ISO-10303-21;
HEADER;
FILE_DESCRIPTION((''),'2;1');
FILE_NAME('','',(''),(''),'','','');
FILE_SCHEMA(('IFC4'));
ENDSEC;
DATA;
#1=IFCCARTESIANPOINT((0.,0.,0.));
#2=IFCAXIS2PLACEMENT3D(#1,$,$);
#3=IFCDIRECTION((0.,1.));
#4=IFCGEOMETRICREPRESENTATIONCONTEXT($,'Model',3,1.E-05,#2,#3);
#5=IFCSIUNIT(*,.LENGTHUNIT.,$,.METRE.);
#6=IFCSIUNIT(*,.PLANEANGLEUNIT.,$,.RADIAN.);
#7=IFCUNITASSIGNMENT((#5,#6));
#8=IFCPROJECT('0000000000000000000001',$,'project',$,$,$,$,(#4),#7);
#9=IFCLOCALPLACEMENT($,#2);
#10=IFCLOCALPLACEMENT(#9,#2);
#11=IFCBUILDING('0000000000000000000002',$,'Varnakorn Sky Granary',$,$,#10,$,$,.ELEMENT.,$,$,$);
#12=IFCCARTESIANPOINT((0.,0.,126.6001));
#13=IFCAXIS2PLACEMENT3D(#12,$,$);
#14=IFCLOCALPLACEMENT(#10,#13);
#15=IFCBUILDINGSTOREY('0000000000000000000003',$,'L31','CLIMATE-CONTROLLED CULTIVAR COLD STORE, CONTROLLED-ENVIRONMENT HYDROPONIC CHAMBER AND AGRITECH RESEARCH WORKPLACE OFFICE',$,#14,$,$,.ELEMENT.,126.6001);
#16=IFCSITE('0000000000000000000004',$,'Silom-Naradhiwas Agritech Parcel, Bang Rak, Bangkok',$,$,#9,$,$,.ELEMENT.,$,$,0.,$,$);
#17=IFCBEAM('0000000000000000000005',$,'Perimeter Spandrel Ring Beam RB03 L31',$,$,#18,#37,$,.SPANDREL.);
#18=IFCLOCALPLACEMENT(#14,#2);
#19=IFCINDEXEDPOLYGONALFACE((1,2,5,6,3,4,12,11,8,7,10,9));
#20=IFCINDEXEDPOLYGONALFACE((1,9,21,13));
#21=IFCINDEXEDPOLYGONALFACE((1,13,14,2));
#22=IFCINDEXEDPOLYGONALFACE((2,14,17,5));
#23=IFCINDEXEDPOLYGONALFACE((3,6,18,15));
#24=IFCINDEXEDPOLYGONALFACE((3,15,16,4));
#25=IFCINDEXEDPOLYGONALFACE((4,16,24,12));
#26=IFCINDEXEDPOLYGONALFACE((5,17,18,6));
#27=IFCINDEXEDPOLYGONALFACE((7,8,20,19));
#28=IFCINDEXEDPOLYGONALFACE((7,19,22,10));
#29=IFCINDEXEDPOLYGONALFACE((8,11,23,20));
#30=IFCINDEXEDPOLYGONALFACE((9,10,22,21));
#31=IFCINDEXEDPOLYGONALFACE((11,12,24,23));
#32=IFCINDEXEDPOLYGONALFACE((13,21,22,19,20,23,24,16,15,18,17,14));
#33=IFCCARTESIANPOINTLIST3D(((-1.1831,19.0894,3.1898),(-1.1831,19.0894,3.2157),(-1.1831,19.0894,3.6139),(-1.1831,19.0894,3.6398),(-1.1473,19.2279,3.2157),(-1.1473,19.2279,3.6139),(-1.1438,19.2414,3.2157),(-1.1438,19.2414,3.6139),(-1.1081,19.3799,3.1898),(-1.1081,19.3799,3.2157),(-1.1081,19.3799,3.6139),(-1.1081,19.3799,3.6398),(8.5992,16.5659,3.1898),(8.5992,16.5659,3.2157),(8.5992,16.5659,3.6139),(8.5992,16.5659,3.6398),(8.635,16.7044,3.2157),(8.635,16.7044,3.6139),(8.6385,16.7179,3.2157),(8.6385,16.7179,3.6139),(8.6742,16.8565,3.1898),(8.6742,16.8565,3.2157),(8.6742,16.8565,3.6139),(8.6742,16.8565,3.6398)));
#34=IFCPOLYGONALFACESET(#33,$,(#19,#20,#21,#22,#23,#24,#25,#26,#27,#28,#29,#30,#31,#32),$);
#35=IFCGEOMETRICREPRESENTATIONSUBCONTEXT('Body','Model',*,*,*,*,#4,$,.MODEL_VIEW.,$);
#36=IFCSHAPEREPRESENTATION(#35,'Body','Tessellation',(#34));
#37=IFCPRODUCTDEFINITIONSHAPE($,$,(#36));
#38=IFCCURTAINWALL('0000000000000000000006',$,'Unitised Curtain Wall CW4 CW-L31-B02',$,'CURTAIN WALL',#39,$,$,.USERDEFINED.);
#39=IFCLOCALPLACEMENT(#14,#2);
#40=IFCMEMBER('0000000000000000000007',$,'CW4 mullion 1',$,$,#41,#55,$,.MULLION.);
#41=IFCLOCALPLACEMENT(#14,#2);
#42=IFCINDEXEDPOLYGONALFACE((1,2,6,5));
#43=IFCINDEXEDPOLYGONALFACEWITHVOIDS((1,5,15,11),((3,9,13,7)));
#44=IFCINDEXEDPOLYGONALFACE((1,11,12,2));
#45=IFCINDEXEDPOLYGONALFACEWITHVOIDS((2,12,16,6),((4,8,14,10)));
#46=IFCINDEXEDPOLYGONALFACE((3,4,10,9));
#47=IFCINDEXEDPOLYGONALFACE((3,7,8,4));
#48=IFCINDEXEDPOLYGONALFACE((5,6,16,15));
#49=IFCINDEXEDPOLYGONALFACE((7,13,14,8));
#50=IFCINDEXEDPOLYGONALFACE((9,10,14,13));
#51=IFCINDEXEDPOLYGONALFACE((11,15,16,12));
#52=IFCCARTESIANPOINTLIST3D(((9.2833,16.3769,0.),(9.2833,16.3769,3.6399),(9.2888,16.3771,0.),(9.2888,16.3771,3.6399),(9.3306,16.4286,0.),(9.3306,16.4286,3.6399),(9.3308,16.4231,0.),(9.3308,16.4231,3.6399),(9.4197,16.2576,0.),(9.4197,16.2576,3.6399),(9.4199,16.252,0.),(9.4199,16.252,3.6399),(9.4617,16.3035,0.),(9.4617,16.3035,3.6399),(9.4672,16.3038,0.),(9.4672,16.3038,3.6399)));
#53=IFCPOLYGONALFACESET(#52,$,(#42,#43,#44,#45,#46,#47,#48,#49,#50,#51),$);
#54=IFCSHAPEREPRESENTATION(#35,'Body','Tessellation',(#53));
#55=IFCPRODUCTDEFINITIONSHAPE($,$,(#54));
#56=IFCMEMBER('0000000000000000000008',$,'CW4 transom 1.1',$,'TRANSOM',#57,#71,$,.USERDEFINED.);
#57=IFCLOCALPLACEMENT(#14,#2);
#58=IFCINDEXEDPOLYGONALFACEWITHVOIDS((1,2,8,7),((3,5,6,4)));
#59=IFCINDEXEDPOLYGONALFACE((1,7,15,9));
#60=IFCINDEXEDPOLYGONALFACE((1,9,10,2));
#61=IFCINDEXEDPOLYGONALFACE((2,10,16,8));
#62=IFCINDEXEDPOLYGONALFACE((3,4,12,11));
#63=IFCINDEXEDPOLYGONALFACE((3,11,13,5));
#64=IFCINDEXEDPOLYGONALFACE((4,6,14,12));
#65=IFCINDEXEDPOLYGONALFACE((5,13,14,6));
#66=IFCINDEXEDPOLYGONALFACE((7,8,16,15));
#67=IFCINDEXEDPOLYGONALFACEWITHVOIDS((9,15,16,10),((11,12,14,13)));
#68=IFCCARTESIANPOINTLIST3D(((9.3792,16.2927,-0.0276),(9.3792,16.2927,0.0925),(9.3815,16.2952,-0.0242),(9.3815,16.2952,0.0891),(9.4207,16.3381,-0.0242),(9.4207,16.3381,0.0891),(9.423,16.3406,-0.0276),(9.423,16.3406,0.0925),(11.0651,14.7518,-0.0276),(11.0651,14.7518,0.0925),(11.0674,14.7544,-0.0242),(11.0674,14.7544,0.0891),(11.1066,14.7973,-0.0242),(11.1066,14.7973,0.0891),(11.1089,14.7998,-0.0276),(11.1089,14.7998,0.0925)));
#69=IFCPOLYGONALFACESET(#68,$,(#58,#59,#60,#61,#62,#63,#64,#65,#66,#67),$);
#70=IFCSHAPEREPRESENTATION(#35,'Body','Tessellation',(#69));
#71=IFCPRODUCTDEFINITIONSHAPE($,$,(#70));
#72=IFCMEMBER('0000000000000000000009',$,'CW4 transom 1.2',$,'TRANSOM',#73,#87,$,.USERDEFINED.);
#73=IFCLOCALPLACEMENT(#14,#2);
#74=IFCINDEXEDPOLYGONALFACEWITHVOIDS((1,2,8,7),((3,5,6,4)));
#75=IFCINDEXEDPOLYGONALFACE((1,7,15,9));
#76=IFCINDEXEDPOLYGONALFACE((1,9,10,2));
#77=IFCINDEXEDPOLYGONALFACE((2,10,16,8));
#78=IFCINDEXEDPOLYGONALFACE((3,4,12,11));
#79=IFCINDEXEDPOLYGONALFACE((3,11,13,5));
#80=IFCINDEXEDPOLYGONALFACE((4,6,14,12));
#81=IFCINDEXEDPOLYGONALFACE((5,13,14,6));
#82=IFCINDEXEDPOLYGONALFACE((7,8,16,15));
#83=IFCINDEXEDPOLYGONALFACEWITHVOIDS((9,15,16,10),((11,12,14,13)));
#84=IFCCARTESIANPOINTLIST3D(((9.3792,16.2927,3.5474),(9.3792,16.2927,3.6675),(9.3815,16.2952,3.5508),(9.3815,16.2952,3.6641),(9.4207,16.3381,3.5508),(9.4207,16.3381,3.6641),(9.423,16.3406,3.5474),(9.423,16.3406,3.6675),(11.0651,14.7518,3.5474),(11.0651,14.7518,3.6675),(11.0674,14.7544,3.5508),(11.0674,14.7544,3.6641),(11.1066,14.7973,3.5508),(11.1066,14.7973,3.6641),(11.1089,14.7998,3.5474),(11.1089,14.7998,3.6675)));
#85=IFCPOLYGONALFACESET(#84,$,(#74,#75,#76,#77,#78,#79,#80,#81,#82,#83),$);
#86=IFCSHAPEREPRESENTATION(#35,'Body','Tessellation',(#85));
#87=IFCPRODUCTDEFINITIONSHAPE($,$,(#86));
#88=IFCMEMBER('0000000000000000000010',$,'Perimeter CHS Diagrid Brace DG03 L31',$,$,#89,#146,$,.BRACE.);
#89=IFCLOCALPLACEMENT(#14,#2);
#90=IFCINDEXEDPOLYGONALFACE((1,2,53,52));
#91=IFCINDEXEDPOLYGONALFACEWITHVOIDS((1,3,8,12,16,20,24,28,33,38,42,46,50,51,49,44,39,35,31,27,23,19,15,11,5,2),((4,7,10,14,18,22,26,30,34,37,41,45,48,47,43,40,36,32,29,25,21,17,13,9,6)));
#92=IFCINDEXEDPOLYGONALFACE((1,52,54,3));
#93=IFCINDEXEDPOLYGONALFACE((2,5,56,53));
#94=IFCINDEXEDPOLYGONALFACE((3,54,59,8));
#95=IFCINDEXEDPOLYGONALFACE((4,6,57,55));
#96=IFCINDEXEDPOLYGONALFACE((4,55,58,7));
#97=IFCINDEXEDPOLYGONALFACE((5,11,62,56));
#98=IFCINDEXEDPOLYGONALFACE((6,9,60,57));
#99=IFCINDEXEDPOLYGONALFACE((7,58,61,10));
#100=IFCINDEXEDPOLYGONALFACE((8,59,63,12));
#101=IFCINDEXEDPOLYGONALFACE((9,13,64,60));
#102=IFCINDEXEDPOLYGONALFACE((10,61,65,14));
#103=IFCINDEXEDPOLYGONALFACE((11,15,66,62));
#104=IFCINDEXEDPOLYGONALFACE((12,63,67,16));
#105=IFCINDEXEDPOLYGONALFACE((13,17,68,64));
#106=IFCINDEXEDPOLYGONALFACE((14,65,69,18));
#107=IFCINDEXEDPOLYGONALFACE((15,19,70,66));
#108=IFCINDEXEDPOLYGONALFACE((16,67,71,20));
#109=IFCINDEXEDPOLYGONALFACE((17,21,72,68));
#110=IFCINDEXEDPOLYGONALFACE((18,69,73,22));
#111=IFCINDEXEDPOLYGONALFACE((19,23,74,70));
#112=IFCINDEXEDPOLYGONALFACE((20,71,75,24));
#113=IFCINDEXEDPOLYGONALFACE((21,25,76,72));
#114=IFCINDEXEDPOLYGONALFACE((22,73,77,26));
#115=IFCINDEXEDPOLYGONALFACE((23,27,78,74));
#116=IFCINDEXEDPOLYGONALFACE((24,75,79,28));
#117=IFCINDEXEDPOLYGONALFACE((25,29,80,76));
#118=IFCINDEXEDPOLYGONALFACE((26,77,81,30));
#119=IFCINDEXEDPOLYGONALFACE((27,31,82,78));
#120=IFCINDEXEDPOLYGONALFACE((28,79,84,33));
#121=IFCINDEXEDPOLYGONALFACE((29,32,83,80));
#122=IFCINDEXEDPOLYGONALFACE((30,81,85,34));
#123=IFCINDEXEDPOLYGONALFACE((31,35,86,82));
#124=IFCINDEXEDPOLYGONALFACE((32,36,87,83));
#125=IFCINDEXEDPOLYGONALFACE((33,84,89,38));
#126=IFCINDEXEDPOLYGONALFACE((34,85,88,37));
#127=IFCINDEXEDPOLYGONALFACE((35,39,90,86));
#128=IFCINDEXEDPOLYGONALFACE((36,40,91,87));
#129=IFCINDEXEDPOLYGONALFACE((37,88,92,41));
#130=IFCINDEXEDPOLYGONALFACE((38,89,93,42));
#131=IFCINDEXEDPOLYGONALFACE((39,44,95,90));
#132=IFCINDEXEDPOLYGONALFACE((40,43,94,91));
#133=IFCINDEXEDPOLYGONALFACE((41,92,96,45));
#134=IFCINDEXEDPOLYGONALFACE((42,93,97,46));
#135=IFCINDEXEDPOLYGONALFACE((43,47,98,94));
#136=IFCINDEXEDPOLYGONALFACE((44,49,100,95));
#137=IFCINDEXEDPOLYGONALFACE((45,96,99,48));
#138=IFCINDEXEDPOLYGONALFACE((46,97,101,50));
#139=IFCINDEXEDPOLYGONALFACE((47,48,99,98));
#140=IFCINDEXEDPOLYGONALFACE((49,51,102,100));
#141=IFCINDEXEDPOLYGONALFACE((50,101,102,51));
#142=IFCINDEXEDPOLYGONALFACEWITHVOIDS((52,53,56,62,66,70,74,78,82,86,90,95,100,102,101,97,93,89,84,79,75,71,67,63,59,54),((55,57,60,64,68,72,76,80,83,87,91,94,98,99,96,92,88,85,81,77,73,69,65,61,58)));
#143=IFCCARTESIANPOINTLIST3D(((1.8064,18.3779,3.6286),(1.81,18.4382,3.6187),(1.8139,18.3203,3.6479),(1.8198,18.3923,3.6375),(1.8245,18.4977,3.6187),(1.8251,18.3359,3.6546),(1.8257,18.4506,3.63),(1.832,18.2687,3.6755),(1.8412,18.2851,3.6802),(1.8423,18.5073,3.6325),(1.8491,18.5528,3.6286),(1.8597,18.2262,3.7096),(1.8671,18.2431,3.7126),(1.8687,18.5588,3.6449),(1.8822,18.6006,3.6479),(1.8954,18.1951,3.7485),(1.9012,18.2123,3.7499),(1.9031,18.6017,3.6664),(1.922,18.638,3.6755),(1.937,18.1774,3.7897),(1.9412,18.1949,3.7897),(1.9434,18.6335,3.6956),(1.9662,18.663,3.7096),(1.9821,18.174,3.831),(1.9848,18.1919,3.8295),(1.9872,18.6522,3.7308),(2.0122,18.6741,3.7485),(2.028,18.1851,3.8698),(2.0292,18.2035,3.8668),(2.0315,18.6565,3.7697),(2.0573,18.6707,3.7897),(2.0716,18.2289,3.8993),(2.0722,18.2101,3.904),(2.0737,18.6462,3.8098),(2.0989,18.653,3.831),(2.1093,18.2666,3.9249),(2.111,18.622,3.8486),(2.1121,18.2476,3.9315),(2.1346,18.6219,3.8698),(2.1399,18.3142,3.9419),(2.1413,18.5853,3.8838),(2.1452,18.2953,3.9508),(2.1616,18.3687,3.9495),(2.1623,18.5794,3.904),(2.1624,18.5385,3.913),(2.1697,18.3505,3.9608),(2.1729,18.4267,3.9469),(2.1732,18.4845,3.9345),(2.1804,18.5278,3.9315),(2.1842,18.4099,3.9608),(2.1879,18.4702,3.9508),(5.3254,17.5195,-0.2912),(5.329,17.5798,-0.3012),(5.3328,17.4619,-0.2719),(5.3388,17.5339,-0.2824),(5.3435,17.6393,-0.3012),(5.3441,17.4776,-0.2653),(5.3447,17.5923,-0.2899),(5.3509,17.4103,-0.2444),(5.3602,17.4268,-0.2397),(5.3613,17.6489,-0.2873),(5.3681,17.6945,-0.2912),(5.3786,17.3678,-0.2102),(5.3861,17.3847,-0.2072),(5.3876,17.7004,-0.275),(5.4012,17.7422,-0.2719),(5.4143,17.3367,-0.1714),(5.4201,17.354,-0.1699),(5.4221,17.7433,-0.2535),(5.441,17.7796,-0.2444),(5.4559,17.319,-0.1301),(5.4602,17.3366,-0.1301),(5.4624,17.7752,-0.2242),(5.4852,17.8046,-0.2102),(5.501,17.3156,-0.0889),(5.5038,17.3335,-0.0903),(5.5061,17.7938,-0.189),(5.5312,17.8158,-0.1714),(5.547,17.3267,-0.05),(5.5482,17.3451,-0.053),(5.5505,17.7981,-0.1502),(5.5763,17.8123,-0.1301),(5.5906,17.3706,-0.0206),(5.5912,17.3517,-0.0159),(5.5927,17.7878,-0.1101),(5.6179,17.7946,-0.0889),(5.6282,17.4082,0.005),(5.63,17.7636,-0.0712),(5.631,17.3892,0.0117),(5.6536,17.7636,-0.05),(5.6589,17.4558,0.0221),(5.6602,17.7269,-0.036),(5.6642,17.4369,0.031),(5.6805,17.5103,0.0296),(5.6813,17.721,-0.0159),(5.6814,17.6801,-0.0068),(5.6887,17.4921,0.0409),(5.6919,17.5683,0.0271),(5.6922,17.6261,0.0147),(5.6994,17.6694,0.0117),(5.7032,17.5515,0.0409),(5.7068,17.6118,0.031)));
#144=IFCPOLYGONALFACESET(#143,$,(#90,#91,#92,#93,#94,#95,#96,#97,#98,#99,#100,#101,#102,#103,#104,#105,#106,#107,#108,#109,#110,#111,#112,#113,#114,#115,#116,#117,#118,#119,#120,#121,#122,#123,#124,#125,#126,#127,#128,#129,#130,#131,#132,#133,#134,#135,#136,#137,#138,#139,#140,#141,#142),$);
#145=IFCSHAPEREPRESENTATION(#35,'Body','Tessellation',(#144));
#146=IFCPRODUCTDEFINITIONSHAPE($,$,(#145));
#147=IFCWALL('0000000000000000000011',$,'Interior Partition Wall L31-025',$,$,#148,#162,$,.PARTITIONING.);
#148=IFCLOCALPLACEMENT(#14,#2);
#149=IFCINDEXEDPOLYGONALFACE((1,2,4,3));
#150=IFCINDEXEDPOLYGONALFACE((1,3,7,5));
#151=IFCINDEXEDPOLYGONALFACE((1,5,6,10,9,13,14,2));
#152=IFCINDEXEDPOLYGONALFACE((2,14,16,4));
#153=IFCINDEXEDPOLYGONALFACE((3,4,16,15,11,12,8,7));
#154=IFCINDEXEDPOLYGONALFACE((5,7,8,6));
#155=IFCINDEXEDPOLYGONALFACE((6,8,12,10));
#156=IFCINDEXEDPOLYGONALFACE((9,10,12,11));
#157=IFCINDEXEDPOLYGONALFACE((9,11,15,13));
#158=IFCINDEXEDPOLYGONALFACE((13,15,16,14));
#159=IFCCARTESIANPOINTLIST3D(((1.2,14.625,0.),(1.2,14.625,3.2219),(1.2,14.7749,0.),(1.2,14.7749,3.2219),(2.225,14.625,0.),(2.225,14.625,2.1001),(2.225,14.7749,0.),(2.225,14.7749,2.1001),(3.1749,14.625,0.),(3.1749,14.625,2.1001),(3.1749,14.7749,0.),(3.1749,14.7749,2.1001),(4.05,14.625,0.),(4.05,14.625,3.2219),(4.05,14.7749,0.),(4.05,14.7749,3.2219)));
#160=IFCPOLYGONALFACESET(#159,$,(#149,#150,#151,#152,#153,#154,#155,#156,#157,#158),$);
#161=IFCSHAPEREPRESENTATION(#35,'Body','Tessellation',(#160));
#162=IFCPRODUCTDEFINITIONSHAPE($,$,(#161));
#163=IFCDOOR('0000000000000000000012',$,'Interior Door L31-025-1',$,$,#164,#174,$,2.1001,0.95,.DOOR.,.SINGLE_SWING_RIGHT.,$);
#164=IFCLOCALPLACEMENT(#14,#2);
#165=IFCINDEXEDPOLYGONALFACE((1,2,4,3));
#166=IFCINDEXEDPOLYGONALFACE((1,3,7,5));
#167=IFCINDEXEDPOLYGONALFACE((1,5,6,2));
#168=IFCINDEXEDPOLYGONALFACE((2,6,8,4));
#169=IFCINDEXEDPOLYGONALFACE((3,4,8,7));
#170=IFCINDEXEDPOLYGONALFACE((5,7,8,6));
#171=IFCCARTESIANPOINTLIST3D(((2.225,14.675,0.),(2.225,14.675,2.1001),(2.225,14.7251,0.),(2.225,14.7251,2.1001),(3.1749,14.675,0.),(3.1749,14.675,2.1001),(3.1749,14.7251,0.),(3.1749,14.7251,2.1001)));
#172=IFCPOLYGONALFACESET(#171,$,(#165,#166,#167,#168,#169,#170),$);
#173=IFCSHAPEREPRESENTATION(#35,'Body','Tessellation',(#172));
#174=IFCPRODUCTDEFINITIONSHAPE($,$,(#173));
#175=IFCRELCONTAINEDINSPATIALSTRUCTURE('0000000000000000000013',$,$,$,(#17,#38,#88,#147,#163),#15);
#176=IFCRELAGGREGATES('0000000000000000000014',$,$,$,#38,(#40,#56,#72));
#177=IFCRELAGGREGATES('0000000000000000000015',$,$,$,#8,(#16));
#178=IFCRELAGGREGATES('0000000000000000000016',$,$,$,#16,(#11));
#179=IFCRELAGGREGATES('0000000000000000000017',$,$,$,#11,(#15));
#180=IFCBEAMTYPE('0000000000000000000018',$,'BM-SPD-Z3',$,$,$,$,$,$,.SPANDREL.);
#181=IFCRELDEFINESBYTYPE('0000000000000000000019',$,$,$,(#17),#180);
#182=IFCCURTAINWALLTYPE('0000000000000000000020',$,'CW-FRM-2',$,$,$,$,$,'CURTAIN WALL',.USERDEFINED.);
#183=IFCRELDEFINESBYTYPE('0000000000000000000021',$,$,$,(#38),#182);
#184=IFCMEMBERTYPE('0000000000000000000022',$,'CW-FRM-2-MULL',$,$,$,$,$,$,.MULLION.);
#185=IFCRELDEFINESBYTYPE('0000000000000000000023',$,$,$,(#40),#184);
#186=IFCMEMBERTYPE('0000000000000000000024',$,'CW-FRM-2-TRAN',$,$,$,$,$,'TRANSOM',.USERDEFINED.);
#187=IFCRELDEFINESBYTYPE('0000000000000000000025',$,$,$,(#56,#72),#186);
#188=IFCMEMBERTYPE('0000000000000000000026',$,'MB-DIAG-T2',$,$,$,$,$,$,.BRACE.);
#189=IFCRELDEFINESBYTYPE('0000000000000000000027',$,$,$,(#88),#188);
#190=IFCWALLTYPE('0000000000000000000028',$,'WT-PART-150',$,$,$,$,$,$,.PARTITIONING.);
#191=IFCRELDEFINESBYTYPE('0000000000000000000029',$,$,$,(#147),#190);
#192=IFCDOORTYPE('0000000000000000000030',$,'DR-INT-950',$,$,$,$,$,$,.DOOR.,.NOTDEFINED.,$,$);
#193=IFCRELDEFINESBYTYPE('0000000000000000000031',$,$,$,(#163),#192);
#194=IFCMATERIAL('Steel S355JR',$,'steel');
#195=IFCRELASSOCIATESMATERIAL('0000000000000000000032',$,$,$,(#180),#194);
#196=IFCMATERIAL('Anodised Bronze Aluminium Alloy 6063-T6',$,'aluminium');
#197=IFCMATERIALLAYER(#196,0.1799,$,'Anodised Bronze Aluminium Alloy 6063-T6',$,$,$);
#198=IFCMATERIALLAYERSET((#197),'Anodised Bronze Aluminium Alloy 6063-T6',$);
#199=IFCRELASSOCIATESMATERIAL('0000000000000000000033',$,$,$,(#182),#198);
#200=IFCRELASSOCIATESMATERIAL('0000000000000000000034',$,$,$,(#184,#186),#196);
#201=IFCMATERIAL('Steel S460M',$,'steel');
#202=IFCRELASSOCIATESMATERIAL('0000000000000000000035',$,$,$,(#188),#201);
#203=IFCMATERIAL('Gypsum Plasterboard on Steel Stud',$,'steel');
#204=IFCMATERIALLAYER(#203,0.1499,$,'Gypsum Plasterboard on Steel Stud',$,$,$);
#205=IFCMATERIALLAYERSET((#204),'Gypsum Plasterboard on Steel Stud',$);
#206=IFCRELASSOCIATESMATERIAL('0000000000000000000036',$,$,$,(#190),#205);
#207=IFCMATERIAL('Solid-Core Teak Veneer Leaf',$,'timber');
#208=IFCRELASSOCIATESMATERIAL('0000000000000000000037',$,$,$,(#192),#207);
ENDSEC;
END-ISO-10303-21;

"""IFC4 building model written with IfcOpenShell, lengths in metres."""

from ifc_helpers import new_model, si_unit, direction, frame, frame_2d, origin, origin_2d, place, context, subcontext, project, spatial, rectangle, hollow_rectangle, hollow_circle, i_section, extrude, material, layer, layer_set, material_profile, profile_set, type_object, element, fill, aggregate, save


model = new_model("IFC4")

# Units and contexts
model_context = context("Model", 3, precision=1e-05, world=origin(), true_north=direction((0.0, 1.0)))
body_context = subcontext(model_context, "Body", "Model", "MODEL_VIEW")
ifc_project = project(units=[si_unit("LENGTHUNIT", "METRE"), si_unit("PLANEANGLEUNIT", "RADIAN")], contexts=[model_context])

# Site, building, storey
site_placement = place(None, origin())
site = spatial("IfcSite", under=ifc_project, at=site_placement, Name="Silom-Naradhiwas Agritech Parcel, Bang Rak, Bangkok", CompositionType="ELEMENT", RefElevation=0.0)
building_placement = place(site_placement, origin())
building = spatial("IfcBuilding", under=site, at=building_placement, Name="Varnakorn Sky Granary", CompositionType="ELEMENT")
storey_placement = place(building_placement, frame((0.0, 0.0, 126.6001)))
storey = spatial("IfcBuildingStorey", under=building, at=storey_placement, Name="L31", Description="CLIMATE-CONTROLLED CULTIVAR COLD STORE, CONTROLLED-ENVIRONMENT HYDROPONIC CHAMBER AND AGRITECH RESEARCH WORKPLACE OFFICE", CompositionType="ELEMENT", Elevation=126.6001)

# Shared definitions
ifc_material_1 = material(Name="Steel S460M", Category="steel")

# Beam
ifc_material_2 = material(Name="Steel S355JR", Category="steel")
ifc_material_profile_1 = material_profile(ifc_material_2, i_section(OverallWidth=0.3, OverallDepth=0.45, WebThickness=0.0139, FlangeThickness=0.0259, at=origin_2d()), Name="HE 450 B")
ifc_profile_set_1 = profile_set([ifc_material_profile_1], Name="Steel S355JR")
beam_type_1 = type_object("IfcBeamType", Name="BM-SPD-Z3", PredefinedType="SPANDREL", material=ifc_profile_set_1)
beam_1_placement = place(storey_placement, frame((8.6367, 16.7112, 3.4148), z_axis=(-0.968301, 0.249784, 0.0), x_axis=(-0.249784, -0.968301, 0.0)))
element("IfcBeam", 1, at=beam_1_placement, inside=storey, type_object=beam_type_1, Name="Perimeter Spandrel Ring Beam RB03 L31", PredefinedType="SPANDREL", context=body_context, shape_type="SweptSolid", body=[
    extrude(i_section(OverallWidth=0.3, OverallDepth=0.45, WebThickness=0.0139, FlangeThickness=0.0259, at=origin_2d()), origin(), (0.0, 0.0, 1.0), 10.1025),
])

# Curtain wall, members
ifc_material_3 = material(Name="Anodised Bronze Aluminium Alloy 6063-T6", Category="aluminium")
ifc_layer_1 = layer(ifc_material_3, 0.1799, Name="Anodised Bronze Aluminium Alloy 6063-T6")
ifc_layer_set_1 = layer_set([ifc_layer_1], Name="Anodised Bronze Aluminium Alloy 6063-T6")
curtain_wall_type = type_object("IfcCurtainWallType", Name="CW-FRM-2", ElementType="CURTAIN WALL", PredefinedType="USERDEFINED", material=ifc_layer_set_1)
curtain_wall_placement = place(storey_placement, origin())
curtain_wall = element("IfcCurtainWall", 2, at=curtain_wall_placement, inside=storey, type_object=curtain_wall_type, Name="Unitised Curtain Wall CW4 CW-L31-B02", ObjectType="CURTAIN WALL", PredefinedType="USERDEFINED")
ifc_material_profile_2 = material_profile(ifc_material_3, hollow_rectangle(XDim=0.0701, YDim=0.1851, WallThickness=0.0039, at=origin_2d()), Name="ALU MULL 70x185")
ifc_profile_set_2 = profile_set([ifc_material_profile_2], Name="Anodised Bronze Aluminium Alloy 6063-T6")
member_type_1 = type_object("IfcMemberType", Name="CW-FRM-2-MULL", PredefinedType="MULLION", material=ifc_profile_set_2)
member_1_placement = place(storey_placement, frame((9.3752, 16.3403, 0.0), z_axis=(0.0, 0.0, 1.0), x_axis=(0.674681, 0.73811, 0.0)))
member_1 = element("IfcMember", 3, at=member_1_placement, type_object=member_type_1, Name="CW4 mullion 1", PredefinedType="MULLION", context=body_context, shape_type="SweptSolid", body=[
    extrude(hollow_rectangle(XDim=0.0701, YDim=0.1851, WallThickness=0.0039, at=origin_2d()), origin(), (0.0, 0.0, 1.0), 3.6399),
])
ifc_material_profile_3 = material_profile(ifc_material_3, hollow_rectangle(XDim=0.0649, YDim=0.1201, WallThickness=0.0034, at=origin_2d()), Name="ALU TRAN 65x120")
ifc_profile_set_3 = profile_set([ifc_material_profile_3], Name="Anodised Bronze Aluminium Alloy 6063-T6")
member_type_2 = type_object("IfcMemberType", Name="CW-FRM-2-TRAN", ElementType="TRANSOM", PredefinedType="USERDEFINED", material=ifc_profile_set_3)
member_2_placement = place(storey_placement, frame((9.4011, 16.3167, 0.0325), z_axis=(0.738143, -0.674644, 0.0), x_axis=(0.674644, 0.738143, 0.0)))
member_2 = element("IfcMember", 4, at=member_2_placement, type_object=member_type_2, Name="CW4 transom 1.1", ObjectType="TRANSOM", PredefinedType="USERDEFINED", context=body_context, shape_type="SweptSolid", body=[
    extrude(hollow_rectangle(XDim=0.0649, YDim=0.1201, WallThickness=0.0034, at=origin_2d()), origin(), (0.0, 0.0, 1.0), 2.2839),
])
member_3_placement = place(storey_placement, frame((9.4011, 16.3167, 3.6074), z_axis=(0.738143, -0.674644, 0.0), x_axis=(0.674644, 0.738143, 0.0)))
member_3 = element("IfcMember", 5, at=member_3_placement, type_object=member_type_2, Name="CW4 transom 1.2", ObjectType="TRANSOM", PredefinedType="USERDEFINED", context=body_context, shape_type="SweptSolid", body=[
    extrude(hollow_rectangle(XDim=0.0649, YDim=0.1201, WallThickness=0.0034, at=origin_2d()), origin(), (0.0, 0.0, 1.0), 2.2839),
])
aggregate(curtain_wall, [member_1, member_2, member_3])

# Member
ifc_material_profile_4 = material_profile(ifc_material_1, hollow_circle(Radius=0.2539, WallThickness=0.0181, at=origin_2d()), Name="CHS 508x18")
ifc_profile_set_4 = profile_set([ifc_material_profile_4], Name="Steel S460M")
member_type_3 = type_object("IfcMemberType", Name="MB-DIAG-T2", PredefinedType="BRACE", material=ifc_profile_set_4)
member_4_placement = place(storey_placement, frame((5.5161, 17.5657, -0.1301), z_axis=(-0.659336, 0.160831, 0.734445), x_axis=(-0.236981, -0.971514, 0.0)))
element("IfcMember", 6, at=member_4_placement, inside=storey, type_object=member_type_3, Name="Perimeter CHS Diagrid Brace DG03 L31", PredefinedType="BRACE", context=body_context, shape_type="SweptSolid", body=[
    extrude(hollow_circle(Radius=0.2539, WallThickness=0.0181, at=origin_2d()), origin(), (0.0, 0.0, 1.0), 5.3372),
])

# Wall, opening, door
ifc_material_4 = material(Name="Gypsum Plasterboard on Steel Stud", Category="steel")
ifc_layer_2 = layer(ifc_material_4, 0.1499, Name="Gypsum Plasterboard on Steel Stud")
ifc_layer_set_2 = layer_set([ifc_layer_2], Name="Gypsum Plasterboard on Steel Stud")
wall_type_1 = type_object("IfcWallType", Name="WT-PART-150", PredefinedType="PARTITIONING", material=ifc_layer_set_2)
wall_1_placement = place(storey_placement, frame((4.05, 14.7, 0.0), z_axis=(0.0, 0.0, 1.0), x_axis=(-1.0, 0.0, 0.0)))
wall_1 = element("IfcWall", 7, at=wall_1_placement, inside=storey, type_object=wall_type_1, Name="Interior Partition Wall L31-025", PredefinedType="PARTITIONING", context=body_context, shape_type="SweptSolid", body=[
    extrude(rectangle(XDim=2.8501, YDim=0.1499, at=frame_2d((1.425, 0.0))), origin(), (0.0, 0.0, 1.0), 3.2219),
])
opening_1_placement = place(wall_1_placement, frame((0.875, 0.0, 0.0)))
opening_1 = element("IfcOpeningElement", 8, at=opening_1_placement, cuts=wall_1, PredefinedType="OPENING", context=body_context, shape_type="SweptSolid", body=[
    extrude(rectangle(XDim=0.95, YDim=2.1001, at=frame_2d((0.4751, 1.05))), frame((0.0, 0.085, 0.0), z_axis=(0.0, -1.0, 0.0), x_axis=(1.0, 0.0, 0.0)), (0.0, 0.0, 1.0), 0.1699),
])
ifc_material_5 = material(Name="Solid-Core Teak Veneer Leaf", Category="timber")
door_type = type_object("IfcDoorType", Name="DR-INT-950", OperationType="NOTDEFINED", PredefinedType="DOOR", material=ifc_material_5)
door_1_placement = place(opening_1_placement, origin())
door_1 = element("IfcDoor", 9, at=door_1_placement, inside=storey, type_object=door_type, Name="Interior Door L31-025-1", OperationType="SINGLE_SWING_RIGHT", OverallHeight=2.1001, OverallWidth=0.95, PredefinedType="DOOR", context=body_context, shape_type="SweptSolid", body=[
    extrude(rectangle(XDim=0.95, YDim=2.1001, at=frame_2d((0.4751, 1.05))), frame((0.0, 0.0249, 0.0), z_axis=(0.0, -1.0, 0.0), x_axis=(1.0, 0.0, 0.0)), (0.0, 0.0, 1.0), 0.05),
])
fill(opening_1, door_1)

save(model, "model.ifc")
